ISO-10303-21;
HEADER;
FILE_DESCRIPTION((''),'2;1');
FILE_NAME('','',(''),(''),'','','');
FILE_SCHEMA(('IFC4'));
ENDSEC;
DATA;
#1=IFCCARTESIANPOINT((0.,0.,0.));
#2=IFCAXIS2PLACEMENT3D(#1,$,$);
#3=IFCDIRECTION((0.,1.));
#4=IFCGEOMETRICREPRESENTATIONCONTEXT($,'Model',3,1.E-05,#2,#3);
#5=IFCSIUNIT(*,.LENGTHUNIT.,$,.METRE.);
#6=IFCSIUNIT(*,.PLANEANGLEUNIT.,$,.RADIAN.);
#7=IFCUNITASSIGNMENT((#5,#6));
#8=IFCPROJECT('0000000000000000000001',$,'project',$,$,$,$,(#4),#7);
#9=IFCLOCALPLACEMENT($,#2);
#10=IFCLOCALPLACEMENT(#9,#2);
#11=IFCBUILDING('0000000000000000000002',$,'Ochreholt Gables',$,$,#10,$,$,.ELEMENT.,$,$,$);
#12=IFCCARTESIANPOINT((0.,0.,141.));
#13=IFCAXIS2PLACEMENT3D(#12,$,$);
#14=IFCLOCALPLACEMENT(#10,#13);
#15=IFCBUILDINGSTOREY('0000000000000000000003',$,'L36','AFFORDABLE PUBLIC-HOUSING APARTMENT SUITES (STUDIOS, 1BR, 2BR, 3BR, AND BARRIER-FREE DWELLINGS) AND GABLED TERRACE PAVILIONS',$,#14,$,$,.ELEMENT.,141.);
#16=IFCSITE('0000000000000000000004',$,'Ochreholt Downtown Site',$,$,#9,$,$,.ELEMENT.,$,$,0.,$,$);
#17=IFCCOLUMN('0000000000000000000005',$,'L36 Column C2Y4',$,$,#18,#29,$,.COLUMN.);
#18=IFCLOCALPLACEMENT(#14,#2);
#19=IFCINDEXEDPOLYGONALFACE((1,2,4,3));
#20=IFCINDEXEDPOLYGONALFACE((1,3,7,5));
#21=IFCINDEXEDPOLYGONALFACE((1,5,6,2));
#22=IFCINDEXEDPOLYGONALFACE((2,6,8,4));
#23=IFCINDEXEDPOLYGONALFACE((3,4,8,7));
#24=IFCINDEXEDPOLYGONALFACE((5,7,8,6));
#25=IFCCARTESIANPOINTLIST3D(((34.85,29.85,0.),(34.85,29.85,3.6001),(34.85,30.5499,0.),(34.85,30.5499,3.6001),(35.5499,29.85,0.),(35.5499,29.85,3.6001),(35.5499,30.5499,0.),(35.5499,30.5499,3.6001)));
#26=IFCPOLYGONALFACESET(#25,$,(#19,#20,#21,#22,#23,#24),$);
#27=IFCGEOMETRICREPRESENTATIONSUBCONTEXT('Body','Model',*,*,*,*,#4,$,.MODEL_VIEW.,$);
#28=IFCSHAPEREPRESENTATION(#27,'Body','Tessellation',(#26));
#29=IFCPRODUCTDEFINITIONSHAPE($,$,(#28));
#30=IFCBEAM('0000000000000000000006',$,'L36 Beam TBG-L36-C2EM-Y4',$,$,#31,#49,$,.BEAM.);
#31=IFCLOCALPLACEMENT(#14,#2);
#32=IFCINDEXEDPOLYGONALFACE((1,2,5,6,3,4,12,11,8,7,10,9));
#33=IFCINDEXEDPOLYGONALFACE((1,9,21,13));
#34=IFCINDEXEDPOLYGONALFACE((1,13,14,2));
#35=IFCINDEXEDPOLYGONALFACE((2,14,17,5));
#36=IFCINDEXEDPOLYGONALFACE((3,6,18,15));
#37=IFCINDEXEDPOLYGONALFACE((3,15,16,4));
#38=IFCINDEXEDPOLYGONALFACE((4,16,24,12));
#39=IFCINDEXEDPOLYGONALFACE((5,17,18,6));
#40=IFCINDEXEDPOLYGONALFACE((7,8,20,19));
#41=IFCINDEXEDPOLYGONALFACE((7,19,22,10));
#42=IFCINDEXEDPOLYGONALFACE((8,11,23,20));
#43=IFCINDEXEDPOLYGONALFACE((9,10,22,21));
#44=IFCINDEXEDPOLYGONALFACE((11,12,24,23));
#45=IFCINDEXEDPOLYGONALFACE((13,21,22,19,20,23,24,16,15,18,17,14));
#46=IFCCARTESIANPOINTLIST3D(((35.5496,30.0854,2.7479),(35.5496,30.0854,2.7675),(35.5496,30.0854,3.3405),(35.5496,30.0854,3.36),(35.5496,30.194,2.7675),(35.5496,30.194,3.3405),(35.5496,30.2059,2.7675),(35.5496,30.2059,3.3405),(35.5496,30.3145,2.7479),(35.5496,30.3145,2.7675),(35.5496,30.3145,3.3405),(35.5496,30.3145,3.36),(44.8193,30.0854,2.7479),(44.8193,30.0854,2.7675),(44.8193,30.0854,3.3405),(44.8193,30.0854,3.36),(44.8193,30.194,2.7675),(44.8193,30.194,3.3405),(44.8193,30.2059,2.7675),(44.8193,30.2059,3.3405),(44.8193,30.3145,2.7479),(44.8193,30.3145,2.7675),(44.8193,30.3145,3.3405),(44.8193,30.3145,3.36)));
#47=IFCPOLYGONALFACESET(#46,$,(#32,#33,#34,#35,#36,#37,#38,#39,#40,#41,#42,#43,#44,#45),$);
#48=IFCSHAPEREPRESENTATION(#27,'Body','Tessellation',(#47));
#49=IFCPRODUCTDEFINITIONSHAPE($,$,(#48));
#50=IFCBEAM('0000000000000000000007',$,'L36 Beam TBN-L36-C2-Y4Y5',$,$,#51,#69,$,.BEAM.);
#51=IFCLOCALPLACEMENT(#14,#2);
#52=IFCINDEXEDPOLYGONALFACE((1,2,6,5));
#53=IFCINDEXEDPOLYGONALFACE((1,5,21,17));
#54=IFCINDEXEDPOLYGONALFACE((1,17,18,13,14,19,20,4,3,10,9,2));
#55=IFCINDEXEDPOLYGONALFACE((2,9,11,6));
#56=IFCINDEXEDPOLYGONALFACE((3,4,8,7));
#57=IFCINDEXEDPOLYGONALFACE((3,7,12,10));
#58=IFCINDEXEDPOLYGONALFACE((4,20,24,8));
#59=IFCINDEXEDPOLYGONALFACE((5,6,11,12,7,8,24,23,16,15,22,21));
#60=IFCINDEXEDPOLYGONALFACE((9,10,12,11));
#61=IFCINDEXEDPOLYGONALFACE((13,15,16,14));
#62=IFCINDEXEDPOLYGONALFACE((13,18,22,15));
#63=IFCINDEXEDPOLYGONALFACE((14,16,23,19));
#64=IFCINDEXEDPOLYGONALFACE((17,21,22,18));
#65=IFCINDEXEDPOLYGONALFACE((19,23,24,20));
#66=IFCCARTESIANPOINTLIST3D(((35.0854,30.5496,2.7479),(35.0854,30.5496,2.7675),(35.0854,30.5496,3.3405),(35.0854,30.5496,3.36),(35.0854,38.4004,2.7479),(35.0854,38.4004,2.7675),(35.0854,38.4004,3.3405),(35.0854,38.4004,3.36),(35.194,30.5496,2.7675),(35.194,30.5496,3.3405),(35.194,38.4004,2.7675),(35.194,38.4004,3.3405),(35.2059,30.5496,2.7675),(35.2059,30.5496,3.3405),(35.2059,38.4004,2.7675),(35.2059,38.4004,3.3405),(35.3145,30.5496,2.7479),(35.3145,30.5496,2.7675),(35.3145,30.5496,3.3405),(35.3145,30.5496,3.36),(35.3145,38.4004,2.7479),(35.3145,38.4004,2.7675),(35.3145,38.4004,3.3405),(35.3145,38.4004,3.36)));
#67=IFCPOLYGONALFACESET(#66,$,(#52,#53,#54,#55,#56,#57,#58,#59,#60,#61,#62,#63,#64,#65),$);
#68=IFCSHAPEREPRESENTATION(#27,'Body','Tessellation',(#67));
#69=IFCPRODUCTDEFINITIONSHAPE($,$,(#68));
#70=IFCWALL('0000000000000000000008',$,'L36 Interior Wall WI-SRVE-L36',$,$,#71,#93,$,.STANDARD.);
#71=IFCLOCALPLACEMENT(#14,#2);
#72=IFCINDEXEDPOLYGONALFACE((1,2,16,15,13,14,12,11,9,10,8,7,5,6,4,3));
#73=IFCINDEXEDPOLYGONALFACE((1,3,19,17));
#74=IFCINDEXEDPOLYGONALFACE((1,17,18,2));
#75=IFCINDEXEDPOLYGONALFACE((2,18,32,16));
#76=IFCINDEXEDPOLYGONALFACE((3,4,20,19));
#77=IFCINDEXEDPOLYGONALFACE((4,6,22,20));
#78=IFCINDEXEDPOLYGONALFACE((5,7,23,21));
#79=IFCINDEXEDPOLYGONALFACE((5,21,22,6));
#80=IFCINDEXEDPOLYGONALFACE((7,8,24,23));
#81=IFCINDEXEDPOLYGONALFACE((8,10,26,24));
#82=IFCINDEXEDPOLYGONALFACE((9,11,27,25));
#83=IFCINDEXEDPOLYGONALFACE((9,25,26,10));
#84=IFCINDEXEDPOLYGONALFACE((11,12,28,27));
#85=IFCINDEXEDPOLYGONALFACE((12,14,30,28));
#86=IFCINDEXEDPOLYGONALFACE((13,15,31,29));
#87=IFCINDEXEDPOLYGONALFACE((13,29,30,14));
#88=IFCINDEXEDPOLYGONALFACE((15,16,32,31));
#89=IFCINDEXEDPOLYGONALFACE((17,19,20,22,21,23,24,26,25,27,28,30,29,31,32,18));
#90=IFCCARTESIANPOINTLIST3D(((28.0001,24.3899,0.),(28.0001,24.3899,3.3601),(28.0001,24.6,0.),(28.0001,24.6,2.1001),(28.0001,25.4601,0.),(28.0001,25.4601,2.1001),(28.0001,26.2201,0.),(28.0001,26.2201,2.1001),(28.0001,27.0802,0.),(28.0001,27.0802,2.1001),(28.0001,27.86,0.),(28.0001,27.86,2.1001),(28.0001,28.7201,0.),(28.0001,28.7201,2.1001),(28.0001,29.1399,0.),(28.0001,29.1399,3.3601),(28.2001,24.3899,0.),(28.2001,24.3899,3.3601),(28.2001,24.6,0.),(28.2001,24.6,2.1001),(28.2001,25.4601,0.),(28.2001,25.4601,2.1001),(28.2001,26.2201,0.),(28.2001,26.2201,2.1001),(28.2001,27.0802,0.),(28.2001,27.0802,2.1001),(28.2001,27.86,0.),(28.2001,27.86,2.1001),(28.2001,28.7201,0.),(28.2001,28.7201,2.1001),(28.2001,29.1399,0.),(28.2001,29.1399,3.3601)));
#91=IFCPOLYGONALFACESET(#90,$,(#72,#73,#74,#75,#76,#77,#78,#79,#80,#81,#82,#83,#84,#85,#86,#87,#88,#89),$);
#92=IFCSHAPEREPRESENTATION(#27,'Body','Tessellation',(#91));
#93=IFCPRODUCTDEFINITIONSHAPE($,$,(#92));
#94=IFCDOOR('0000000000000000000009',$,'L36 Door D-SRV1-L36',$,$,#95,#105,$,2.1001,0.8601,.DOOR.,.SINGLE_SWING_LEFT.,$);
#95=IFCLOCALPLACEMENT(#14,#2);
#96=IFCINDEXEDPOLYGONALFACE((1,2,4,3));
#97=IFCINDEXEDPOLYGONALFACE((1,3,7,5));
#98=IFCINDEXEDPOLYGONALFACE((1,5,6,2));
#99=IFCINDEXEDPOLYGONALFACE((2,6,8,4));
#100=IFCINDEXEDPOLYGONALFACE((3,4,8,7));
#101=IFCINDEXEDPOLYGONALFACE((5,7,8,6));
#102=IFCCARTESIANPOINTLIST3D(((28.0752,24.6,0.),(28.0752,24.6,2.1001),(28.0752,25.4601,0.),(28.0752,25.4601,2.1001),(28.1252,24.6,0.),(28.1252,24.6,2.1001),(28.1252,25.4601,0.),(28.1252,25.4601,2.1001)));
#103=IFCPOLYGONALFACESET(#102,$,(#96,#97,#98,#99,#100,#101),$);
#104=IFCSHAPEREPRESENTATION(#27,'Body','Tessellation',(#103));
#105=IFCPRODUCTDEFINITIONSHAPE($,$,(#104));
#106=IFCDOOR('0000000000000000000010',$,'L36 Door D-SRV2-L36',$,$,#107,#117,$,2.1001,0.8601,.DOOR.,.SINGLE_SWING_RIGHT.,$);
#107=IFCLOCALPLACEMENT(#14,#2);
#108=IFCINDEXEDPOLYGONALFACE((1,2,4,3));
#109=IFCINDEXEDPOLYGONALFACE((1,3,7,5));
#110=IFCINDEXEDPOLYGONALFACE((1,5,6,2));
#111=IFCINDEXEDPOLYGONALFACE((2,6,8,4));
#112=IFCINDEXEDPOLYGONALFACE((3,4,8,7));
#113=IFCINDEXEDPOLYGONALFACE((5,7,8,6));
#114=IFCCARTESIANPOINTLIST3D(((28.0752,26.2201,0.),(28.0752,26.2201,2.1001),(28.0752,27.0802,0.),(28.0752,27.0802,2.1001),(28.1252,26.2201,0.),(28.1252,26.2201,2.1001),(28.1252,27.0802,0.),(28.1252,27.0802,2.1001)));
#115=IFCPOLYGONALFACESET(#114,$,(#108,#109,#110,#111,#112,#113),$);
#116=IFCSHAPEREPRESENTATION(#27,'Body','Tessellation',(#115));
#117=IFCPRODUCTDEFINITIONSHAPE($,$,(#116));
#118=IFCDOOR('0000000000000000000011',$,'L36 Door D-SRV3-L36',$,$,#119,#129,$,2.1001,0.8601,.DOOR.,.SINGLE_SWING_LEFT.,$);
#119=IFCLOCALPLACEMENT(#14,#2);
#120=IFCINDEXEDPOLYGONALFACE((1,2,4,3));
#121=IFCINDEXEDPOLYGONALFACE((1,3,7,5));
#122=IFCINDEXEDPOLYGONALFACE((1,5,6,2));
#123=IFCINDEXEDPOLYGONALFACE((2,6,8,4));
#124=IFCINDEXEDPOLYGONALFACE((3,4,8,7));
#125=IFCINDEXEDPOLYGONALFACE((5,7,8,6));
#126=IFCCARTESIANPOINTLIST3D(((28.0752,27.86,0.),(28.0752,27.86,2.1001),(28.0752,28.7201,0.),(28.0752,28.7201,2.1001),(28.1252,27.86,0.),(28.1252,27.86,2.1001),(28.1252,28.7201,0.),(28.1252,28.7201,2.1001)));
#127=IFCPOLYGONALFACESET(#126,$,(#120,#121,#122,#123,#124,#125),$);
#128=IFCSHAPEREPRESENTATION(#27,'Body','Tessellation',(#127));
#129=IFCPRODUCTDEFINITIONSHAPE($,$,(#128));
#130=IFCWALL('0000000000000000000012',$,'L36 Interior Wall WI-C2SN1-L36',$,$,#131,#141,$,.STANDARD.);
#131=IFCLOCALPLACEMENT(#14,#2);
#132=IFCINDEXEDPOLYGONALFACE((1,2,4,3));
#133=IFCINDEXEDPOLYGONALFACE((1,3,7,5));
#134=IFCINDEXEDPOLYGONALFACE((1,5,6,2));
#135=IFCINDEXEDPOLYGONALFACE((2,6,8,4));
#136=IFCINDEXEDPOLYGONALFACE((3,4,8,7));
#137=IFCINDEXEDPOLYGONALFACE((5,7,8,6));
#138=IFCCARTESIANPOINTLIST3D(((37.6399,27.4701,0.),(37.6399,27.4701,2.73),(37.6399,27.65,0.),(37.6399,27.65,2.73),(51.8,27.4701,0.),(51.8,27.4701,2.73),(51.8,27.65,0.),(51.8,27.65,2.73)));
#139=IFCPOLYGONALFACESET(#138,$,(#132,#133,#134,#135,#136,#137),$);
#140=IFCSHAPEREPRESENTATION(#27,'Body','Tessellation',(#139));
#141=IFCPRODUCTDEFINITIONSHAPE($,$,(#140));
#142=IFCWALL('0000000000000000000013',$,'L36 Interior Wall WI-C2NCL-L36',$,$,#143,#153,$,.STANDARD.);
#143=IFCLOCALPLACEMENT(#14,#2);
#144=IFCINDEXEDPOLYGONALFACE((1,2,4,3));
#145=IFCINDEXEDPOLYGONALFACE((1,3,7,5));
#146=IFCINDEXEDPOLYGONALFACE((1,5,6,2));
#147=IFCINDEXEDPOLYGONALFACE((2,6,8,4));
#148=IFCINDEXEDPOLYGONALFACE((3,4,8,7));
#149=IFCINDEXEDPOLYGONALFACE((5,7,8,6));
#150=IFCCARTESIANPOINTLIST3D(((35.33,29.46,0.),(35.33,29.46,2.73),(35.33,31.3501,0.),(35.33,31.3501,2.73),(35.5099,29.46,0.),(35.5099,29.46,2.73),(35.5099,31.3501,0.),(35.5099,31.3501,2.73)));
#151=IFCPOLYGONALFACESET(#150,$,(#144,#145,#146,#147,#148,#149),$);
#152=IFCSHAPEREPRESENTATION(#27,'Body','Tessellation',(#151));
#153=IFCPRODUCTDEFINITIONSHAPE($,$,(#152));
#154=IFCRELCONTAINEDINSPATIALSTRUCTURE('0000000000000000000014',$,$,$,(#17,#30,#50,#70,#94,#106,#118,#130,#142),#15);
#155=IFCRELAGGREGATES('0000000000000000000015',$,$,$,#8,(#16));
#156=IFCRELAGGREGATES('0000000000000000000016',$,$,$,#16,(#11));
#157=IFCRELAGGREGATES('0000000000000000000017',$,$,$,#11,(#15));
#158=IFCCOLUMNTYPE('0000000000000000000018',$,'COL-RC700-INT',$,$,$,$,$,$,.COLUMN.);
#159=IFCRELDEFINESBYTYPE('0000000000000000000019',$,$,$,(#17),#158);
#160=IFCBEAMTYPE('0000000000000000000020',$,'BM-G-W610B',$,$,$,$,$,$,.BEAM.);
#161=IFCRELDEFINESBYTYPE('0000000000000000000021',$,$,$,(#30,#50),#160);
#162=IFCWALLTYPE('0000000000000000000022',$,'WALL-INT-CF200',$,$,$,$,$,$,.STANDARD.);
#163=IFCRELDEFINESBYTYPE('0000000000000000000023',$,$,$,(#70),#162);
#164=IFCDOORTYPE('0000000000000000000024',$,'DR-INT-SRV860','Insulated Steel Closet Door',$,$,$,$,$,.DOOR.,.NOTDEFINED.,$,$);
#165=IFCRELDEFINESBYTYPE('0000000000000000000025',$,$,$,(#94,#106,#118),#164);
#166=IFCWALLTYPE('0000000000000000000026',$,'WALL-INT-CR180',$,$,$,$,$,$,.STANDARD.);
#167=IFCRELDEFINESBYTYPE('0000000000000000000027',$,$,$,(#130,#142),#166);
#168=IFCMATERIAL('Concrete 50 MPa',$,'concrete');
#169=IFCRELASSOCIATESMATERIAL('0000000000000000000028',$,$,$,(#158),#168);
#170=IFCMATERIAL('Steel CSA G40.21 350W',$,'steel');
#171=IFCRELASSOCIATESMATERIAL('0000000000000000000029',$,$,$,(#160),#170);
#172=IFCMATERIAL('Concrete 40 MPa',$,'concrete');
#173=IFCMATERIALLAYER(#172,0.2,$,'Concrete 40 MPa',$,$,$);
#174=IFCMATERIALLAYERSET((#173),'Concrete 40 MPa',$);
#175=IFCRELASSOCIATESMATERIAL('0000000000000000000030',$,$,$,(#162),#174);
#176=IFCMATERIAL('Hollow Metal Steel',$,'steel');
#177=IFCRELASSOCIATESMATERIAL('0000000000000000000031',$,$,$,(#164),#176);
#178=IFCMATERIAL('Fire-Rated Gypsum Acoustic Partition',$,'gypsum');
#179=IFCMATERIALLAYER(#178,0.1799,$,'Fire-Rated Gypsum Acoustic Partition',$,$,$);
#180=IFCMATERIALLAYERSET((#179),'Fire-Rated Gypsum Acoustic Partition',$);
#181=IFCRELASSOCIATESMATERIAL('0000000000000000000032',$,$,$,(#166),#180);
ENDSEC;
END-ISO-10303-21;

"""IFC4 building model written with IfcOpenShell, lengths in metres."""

from ifc_helpers import new_model, si_unit, direction, frame, frame_2d, origin, origin_2d, place, context, subcontext, project, spatial, rectangle, i_section, extrude, material, layer, layer_set, material_profile, profile_set, type_object, element, fill, save


model = new_model("IFC4")

# Units and contexts
model_context = context("Model", 3, precision=1e-05, world=origin(), true_north=direction((0.0, 1.0)))
body_context = subcontext(model_context, "Body", "Model", "MODEL_VIEW")
ifc_project = project(units=[si_unit("LENGTHUNIT", "METRE"), si_unit("PLANEANGLEUNIT", "RADIAN")], contexts=[model_context])

# Site, building, storey
site_placement = place(None, origin())
site = spatial("IfcSite", under=ifc_project, at=site_placement, Name="Ochreholt Downtown Site", CompositionType="ELEMENT", RefElevation=0.0)
building_placement = place(site_placement, origin())
building = spatial("IfcBuilding", under=site, at=building_placement, Name="Ochreholt Gables", CompositionType="ELEMENT")
storey_placement = place(building_placement, frame((0.0, 0.0, 141.0)))
storey = spatial("IfcBuildingStorey", under=building, at=storey_placement, Name="L36", Description="AFFORDABLE PUBLIC-HOUSING APARTMENT SUITES (STUDIOS, 1BR, 2BR, 3BR, AND BARRIER-FREE DWELLINGS) AND GABLED TERRACE PAVILIONS", CompositionType="ELEMENT", Elevation=141.0)

# Column
ifc_material_1 = material(Name="Concrete 50 MPa", Category="concrete")
ifc_material_profile_1 = material_profile(ifc_material_1, rectangle(XDim=0.7, YDim=0.7, at=origin_2d()), Name="RC700X700")
ifc_profile_set_1 = profile_set([ifc_material_profile_1], Name="Concrete 50 MPa")
column_type = type_object("IfcColumnType", Name="COL-RC700-INT", PredefinedType="COLUMN", material=ifc_profile_set_1)
column_placement = place(storey_placement, frame((35.2, 30.2, 0.0), z_axis=(0.0, 0.0, 1.0), x_axis=(1.0, 0.0, 0.0)))
element("IfcColumn", 1, at=column_placement, inside=storey, type_object=column_type, Name="L36 Column C2Y4", PredefinedType="COLUMN", context=body_context, shape_type="SweptSolid", body=[
    extrude(rectangle(XDim=0.7, YDim=0.7, at=origin_2d()), origin(), (0.0, 0.0, 1.0), 3.6001),
])

# Beams
ifc_material_2 = material(Name="Steel CSA G40.21 350W", Category="steel")
ifc_material_profile_2 = material_profile(ifc_material_2, i_section(OverallWidth=0.229, OverallDepth=0.6121, WebThickness=0.012, FlangeThickness=0.0195, at=origin_2d()), Name="W610X125")
ifc_profile_set_2 = profile_set([ifc_material_profile_2], Name="Steel CSA G40.21 350W")
beam_type = type_object("IfcBeamType", Name="BM-G-W610B", PredefinedType="BEAM", material=ifc_profile_set_2)
beam_1_placement = place(storey_placement, frame((35.5496, 30.2, 3.054), z_axis=(1.0, 0.0, 0.0), x_axis=(0.0, 1.0, 0.0)))
element("IfcBeam", 2, at=beam_1_placement, inside=storey, type_object=beam_type, Name="L36 Beam TBG-L36-C2EM-Y4", PredefinedType="BEAM", context=body_context, shape_type="SweptSolid", body=[
    extrude(i_section(OverallWidth=0.229, OverallDepth=0.6121, WebThickness=0.012, FlangeThickness=0.0195, at=origin_2d()), origin(), (0.0, 0.0, 1.0), 9.2698),
])
beam_2_placement = place(storey_placement, frame((35.2, 30.5496, 3.054), z_axis=(0.0, 1.0, 0.0), x_axis=(-1.0, 0.0, 0.0)))
element("IfcBeam", 3, at=beam_2_placement, inside=storey, type_object=beam_type, Name="L36 Beam TBN-L36-C2-Y4Y5", PredefinedType="BEAM", context=body_context, shape_type="SweptSolid", body=[
    extrude(i_section(OverallWidth=0.229, OverallDepth=0.6121, WebThickness=0.012, FlangeThickness=0.0195, at=origin_2d()), origin(), (0.0, 0.0, 1.0), 7.8508),
])

# Wall, openings, doors
ifc_material_3 = material(Name="Concrete 40 MPa", Category="concrete")
ifc_layer_1 = layer(ifc_material_3, 0.2, Name="Concrete 40 MPa")
ifc_layer_set_1 = layer_set([ifc_layer_1], Name="Concrete 40 MPa")
wall_type_1 = type_object("IfcWallType", Name="WALL-INT-CF200", PredefinedType="STANDARD", material=ifc_layer_set_1)
wall_1_placement = place(storey_placement, frame((28.1001, 24.3899, 0.0), z_axis=(0.0, 0.0, 1.0), x_axis=(0.0, 1.0, 0.0)))
wall_1 = element("IfcWall", 4, at=wall_1_placement, inside=storey, type_object=wall_type_1, Name="L36 Interior Wall WI-SRVE-L36", PredefinedType="STANDARD", context=body_context, shape_type="SweptSolid", body=[
    extrude(rectangle(XDim=4.75, YDim=0.2, at=frame_2d((2.375, 0.0))), origin(), (0.0, 0.0, 1.0), 3.3601),
])
opening_1_placement = place(wall_1_placement, frame((0.21, 0.0, 0.0)))
opening_1 = element("IfcOpeningElement", 5, at=opening_1_placement, cuts=wall_1, PredefinedType="OPENING", context=body_context, shape_type="SweptSolid", body=[
    extrude(rectangle(XDim=0.8601, YDim=2.1001, at=frame_2d((0.4302, 1.05))), frame((0.0, 0.1099, 0.0), z_axis=(0.0, -1.0, 0.0), x_axis=(1.0, 0.0, 0.0)), (0.0, 0.0, 1.0), 0.22),
])
opening_2_placement = place(wall_1_placement, frame((1.8301, 0.0, 0.0)))
opening_2 = element("IfcOpeningElement", 6, at=opening_2_placement, cuts=wall_1, PredefinedType="OPENING", context=body_context, shape_type="SweptSolid", body=[
    extrude(rectangle(XDim=0.8601, YDim=2.1001, at=frame_2d((0.4302, 1.05))), frame((0.0, 0.1099, 0.0), z_axis=(0.0, -1.0, 0.0), x_axis=(1.0, 0.0, 0.0)), (0.0, 0.0, 1.0), 0.22),
])
opening_3_placement = place(wall_1_placement, frame((3.47, 0.0, 0.0)))
opening_3 = element("IfcOpeningElement", 7, at=opening_3_placement, cuts=wall_1, PredefinedType="OPENING", context=body_context, shape_type="SweptSolid", body=[
    extrude(rectangle(XDim=0.8601, YDim=2.1001, at=frame_2d((0.4302, 1.05))), frame((0.0, 0.1099, 0.0), z_axis=(0.0, -1.0, 0.0), x_axis=(1.0, 0.0, 0.0)), (0.0, 0.0, 1.0), 0.22),
])
ifc_material_4 = material(Name="Hollow Metal Steel", Category="steel")
door_type_1 = type_object("IfcDoorType", Name="DR-INT-SRV860", Description="Insulated Steel Closet Door", OperationType="NOTDEFINED", PredefinedType="DOOR", material=ifc_material_4)
door_1_placement = place(opening_1_placement, origin())
door_1 = element("IfcDoor", 8, at=door_1_placement, inside=storey, type_object=door_type_1, Name="L36 Door D-SRV1-L36", OperationType="SINGLE_SWING_LEFT", OverallHeight=2.1001, OverallWidth=0.8601, PredefinedType="DOOR", context=body_context, shape_type="SweptSolid", body=[
    extrude(rectangle(XDim=0.8601, YDim=2.1001, at=frame_2d((0.4302, 1.05))), frame((0.0, 0.0249, 0.0), z_axis=(0.0, -1.0, 0.0), x_axis=(1.0, 0.0, 0.0)), (0.0, 0.0, 1.0), 0.05),
])
fill(opening_1, door_1)
door_2_placement = place(opening_2_placement, origin())
door_2 = element("IfcDoor", 9, at=door_2_placement, inside=storey, type_object=door_type_1, Name="L36 Door D-SRV2-L36", OperationType="SINGLE_SWING_RIGHT", OverallHeight=2.1001, OverallWidth=0.8601, PredefinedType="DOOR", context=body_context, shape_type="SweptSolid", body=[
    extrude(rectangle(XDim=0.8601, YDim=2.1001, at=frame_2d((0.4302, 1.05))), frame((0.0, 0.0249, 0.0), z_axis=(0.0, -1.0, 0.0), x_axis=(1.0, 0.0, 0.0)), (0.0, 0.0, 1.0), 0.05),
])
fill(opening_2, door_2)
door_3_placement = place(opening_3_placement, origin())
door_3 = element("IfcDoor", 10, at=door_3_placement, inside=storey, type_object=door_type_1, Name="L36 Door D-SRV3-L36", OperationType="SINGLE_SWING_LEFT", OverallHeight=2.1001, OverallWidth=0.8601, PredefinedType="DOOR", context=body_context, shape_type="SweptSolid", body=[
    extrude(rectangle(XDim=0.8601, YDim=2.1001, at=frame_2d((0.4302, 1.05))), frame((0.0, 0.0249, 0.0), z_axis=(0.0, -1.0, 0.0), x_axis=(1.0, 0.0, 0.0)), (0.0, 0.0, 1.0), 0.05),
])
fill(opening_3, door_3)

# Walls
ifc_material_5 = material(Name="Fire-Rated Gypsum Acoustic Partition", Category="gypsum")
ifc_layer_2 = layer(ifc_material_5, 0.1799, Name="Fire-Rated Gypsum Acoustic Partition")
ifc_layer_set_2 = layer_set([ifc_layer_2], Name="Fire-Rated Gypsum Acoustic Partition")
wall_type_2 = type_object("IfcWallType", Name="WALL-INT-CR180", PredefinedType="STANDARD", material=ifc_layer_set_2)
wall_2_placement = place(storey_placement, frame((37.6399, 27.5601, 0.0), z_axis=(0.0, 0.0, 1.0), x_axis=(1.0, 0.0, 0.0)))
element("IfcWall", 11, at=wall_2_placement, inside=storey, type_object=wall_type_2, Name="L36 Interior Wall WI-C2SN1-L36", PredefinedType="STANDARD", context=body_context, shape_type="SweptSolid", body=[
    extrude(rectangle(XDim=14.1602, YDim=0.1799, at=frame_2d((7.0801, 0.0))), origin(), (0.0, 0.0, 1.0), 2.73),
])
wall_3_placement = place(storey_placement, frame((35.4199, 29.46, 0.0), z_axis=(0.0, 0.0, 1.0), x_axis=(0.0, 1.0, 0.0)))
element("IfcWall", 12, at=wall_3_placement, inside=storey, type_object=wall_type_2, Name="L36 Interior Wall WI-C2NCL-L36", PredefinedType="STANDARD", context=body_context, shape_type="SweptSolid", body=[
    extrude(rectangle(XDim=1.8901, YDim=0.1799, at=frame_2d((0.9451, 0.0))), origin(), (0.0, 0.0, 1.0), 2.73),
])

save(model, "model.ifc")
